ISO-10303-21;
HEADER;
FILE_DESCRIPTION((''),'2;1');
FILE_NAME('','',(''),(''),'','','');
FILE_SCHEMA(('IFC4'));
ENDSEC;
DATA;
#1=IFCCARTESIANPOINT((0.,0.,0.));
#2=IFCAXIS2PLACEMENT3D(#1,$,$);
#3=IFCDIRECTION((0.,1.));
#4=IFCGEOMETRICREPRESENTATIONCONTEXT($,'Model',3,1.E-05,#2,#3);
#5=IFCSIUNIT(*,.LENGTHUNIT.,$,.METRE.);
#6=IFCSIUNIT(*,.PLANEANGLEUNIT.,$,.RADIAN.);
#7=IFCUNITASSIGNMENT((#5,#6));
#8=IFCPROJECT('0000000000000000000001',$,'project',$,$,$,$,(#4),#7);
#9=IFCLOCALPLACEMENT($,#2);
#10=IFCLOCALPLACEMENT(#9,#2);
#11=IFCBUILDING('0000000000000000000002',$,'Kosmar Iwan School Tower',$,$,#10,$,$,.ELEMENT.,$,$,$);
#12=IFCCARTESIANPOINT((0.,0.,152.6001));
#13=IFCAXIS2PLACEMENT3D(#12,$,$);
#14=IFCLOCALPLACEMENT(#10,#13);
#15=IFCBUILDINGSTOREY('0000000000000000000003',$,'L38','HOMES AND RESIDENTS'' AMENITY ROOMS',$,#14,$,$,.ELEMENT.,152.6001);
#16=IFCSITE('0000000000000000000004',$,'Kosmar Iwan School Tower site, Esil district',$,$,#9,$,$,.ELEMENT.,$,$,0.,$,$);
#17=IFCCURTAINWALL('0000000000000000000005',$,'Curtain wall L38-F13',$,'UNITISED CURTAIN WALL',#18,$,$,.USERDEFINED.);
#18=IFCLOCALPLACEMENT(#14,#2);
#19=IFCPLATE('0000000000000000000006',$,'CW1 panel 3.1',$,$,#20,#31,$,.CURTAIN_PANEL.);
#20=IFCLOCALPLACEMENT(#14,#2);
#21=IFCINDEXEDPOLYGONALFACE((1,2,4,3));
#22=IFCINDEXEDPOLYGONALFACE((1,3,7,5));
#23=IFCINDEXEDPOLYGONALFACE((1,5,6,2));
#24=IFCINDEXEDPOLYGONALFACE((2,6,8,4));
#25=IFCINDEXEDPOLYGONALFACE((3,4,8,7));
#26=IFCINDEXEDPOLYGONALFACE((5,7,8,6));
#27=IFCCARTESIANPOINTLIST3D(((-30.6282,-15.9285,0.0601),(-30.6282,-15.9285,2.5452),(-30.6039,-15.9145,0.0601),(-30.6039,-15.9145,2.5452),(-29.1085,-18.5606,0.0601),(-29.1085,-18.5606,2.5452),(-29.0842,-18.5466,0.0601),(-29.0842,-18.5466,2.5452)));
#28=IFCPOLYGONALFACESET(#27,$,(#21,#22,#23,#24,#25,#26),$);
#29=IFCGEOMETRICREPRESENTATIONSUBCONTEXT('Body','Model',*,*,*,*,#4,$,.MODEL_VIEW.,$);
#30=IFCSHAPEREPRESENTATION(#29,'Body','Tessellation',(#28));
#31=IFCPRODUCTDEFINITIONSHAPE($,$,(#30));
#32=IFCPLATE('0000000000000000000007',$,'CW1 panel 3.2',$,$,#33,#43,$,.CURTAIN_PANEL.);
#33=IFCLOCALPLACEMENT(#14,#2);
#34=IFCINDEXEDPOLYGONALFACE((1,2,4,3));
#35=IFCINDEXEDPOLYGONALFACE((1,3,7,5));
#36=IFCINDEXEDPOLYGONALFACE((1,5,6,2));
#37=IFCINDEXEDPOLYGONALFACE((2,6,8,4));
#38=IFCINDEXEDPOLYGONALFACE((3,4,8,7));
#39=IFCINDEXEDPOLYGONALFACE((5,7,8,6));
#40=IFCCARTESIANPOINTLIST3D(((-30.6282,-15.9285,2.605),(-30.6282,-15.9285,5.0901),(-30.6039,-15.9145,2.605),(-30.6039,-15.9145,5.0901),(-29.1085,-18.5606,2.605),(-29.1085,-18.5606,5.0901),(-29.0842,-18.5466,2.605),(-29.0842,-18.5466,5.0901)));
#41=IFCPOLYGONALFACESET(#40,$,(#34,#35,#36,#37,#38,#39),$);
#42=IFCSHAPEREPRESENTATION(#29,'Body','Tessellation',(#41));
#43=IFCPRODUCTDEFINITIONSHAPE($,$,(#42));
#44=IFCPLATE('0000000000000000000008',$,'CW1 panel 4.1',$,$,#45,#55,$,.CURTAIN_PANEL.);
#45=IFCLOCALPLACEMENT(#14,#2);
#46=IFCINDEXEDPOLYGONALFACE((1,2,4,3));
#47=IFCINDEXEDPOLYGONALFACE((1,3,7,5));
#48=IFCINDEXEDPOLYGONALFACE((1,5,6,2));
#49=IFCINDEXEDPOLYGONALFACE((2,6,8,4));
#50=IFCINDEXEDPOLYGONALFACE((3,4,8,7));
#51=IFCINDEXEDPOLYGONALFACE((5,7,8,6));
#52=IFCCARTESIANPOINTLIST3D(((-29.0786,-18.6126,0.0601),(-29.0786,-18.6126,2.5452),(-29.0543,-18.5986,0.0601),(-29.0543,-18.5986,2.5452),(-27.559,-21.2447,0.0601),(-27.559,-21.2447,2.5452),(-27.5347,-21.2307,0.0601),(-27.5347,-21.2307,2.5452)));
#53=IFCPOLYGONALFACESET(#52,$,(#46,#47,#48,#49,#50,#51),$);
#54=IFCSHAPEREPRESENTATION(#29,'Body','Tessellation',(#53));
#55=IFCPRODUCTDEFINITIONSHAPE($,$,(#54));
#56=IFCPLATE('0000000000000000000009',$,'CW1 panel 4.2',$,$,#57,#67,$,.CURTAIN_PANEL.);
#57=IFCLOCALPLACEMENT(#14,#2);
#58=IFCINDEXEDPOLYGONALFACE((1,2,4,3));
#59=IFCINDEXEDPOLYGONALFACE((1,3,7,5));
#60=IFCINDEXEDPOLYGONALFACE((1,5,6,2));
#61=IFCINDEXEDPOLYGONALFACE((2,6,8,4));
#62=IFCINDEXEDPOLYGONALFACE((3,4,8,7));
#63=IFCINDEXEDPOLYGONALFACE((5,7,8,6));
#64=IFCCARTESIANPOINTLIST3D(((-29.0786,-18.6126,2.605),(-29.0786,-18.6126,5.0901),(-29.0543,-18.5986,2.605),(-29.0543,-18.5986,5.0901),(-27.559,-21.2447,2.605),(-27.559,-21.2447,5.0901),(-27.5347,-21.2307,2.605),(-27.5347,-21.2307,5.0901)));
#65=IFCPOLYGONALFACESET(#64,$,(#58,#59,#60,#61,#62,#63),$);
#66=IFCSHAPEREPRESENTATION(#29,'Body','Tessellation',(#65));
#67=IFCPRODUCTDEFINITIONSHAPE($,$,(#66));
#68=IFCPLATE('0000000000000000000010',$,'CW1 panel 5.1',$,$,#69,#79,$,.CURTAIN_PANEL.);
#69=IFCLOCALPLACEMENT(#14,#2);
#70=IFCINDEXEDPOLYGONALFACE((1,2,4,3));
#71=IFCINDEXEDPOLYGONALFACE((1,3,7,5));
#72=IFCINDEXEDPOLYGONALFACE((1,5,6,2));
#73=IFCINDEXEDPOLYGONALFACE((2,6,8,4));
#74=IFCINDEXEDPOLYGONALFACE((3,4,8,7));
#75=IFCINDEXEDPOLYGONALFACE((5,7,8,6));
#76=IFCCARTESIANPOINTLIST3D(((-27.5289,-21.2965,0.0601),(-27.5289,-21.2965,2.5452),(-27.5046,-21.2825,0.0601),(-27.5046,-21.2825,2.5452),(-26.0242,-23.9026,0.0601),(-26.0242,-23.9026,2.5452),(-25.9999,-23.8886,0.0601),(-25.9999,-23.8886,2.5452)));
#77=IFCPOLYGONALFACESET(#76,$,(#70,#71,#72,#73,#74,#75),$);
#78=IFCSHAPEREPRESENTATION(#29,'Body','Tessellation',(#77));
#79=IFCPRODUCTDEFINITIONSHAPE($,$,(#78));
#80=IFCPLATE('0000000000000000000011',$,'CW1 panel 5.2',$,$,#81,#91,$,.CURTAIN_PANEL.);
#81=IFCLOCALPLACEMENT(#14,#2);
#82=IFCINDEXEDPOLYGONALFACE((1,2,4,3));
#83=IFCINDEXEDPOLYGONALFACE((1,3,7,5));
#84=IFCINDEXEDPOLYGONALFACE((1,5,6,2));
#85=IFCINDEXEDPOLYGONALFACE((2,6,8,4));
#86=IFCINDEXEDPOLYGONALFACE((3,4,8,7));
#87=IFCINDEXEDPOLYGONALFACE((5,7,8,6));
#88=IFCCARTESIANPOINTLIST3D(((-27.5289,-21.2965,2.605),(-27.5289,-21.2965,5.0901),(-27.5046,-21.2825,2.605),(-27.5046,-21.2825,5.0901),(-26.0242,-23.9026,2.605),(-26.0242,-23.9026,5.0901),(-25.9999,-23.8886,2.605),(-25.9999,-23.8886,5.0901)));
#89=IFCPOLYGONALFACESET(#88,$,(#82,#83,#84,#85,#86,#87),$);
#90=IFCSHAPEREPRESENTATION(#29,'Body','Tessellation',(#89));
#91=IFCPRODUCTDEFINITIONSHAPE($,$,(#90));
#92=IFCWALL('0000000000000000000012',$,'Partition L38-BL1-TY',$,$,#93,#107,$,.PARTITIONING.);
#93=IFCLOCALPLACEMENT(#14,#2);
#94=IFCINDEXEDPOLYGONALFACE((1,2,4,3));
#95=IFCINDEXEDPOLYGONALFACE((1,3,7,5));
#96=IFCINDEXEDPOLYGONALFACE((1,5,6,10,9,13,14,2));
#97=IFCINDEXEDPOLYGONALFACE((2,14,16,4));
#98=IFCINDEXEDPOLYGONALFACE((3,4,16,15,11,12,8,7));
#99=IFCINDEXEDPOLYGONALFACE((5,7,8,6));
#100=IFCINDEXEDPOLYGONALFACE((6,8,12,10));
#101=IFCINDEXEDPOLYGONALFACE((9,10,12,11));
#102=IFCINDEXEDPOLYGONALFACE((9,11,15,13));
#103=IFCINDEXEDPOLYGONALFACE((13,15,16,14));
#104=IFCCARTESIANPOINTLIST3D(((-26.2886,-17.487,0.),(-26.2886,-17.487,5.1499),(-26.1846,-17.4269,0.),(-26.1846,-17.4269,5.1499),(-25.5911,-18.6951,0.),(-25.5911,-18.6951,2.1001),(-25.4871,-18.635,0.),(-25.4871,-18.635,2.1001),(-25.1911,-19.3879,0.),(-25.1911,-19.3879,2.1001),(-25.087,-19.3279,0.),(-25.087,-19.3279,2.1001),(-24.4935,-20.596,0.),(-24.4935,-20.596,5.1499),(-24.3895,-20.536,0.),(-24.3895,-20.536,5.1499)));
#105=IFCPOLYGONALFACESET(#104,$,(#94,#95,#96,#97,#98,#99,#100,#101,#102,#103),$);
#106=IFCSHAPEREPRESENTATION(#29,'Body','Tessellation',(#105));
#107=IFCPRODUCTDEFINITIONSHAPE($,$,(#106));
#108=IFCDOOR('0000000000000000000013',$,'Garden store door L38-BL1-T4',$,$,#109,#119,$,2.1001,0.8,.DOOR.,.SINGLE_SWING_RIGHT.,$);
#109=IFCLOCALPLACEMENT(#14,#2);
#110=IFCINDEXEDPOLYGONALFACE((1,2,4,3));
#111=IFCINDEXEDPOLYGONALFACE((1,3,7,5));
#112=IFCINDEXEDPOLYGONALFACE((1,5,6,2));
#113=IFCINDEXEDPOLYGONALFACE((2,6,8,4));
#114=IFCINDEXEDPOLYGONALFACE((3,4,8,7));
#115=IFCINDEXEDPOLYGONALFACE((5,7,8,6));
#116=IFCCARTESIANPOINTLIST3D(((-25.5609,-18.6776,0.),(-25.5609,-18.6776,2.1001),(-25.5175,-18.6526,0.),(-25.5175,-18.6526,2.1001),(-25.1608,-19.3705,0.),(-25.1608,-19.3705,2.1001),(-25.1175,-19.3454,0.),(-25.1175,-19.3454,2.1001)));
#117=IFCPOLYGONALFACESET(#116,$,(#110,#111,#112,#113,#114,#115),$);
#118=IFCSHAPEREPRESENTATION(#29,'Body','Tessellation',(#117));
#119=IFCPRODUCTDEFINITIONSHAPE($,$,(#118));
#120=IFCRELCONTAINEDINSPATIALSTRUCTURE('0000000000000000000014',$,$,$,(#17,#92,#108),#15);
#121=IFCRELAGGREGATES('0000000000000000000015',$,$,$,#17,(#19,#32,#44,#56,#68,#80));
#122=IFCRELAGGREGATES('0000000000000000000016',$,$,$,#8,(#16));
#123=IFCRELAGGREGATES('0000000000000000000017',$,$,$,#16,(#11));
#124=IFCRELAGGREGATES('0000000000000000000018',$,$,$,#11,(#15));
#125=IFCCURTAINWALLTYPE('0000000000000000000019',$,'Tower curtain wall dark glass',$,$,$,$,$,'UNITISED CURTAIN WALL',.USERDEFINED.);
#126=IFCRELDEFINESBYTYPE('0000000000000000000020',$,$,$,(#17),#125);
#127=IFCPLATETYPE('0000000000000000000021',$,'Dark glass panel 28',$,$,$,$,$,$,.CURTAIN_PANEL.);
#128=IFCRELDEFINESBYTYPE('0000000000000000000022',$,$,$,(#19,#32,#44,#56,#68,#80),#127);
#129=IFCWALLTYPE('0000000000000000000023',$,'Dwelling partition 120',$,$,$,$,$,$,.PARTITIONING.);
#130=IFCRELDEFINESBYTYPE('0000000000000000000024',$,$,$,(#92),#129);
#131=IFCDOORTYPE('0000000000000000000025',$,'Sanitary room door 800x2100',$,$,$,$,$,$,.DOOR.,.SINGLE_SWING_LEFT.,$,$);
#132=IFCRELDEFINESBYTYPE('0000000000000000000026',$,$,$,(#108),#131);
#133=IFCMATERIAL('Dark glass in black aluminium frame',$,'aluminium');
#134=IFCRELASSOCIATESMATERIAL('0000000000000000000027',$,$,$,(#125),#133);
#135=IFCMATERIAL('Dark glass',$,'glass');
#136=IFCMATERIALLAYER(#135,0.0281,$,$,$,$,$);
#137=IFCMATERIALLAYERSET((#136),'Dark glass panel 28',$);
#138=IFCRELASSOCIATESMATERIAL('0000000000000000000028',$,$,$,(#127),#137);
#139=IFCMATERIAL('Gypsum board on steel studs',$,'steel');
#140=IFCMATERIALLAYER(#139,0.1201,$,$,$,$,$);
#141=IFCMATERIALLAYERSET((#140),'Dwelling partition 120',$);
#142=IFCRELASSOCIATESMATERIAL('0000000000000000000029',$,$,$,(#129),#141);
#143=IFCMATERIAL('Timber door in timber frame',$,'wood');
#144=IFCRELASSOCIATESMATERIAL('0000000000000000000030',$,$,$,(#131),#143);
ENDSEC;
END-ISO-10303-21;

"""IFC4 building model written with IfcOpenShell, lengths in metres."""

from ifc_helpers import new_model, si_unit, direction, frame, frame_2d, origin, origin_2d, place, context, subcontext, project, spatial, rectangle, extrude, material, layer, layer_set, type_object, element, fill, aggregate, save


model = new_model("IFC4")

# Units and contexts
model_context = context("Model", 3, precision=1e-05, world=origin(), true_north=direction((0.0, 1.0)))
body_context = subcontext(model_context, "Body", "Model", "MODEL_VIEW")
ifc_project = project(units=[si_unit("LENGTHUNIT", "METRE"), si_unit("PLANEANGLEUNIT", "RADIAN")], contexts=[model_context])

# Site, building, storey
site_placement = place(None, origin())
site = spatial("IfcSite", under=ifc_project, at=site_placement, Name="Kosmar Iwan School Tower site, Esil district", CompositionType="ELEMENT", RefElevation=0.0)
building_placement = place(site_placement, origin())
building = spatial("IfcBuilding", under=site, at=building_placement, Name="Kosmar Iwan School Tower", CompositionType="ELEMENT")
storey_placement = place(building_placement, frame((0.0, 0.0, 152.6001)))
storey = spatial("IfcBuildingStorey", under=building, at=storey_placement, Name="L38", Description="HOMES AND RESIDENTS' AMENITY ROOMS", CompositionType="ELEMENT", Elevation=152.6001)

# Curtain wall
ifc_material_1 = material(Name="Dark glass in black aluminium frame", Category="aluminium")
curtain_wall_type_1 = type_object("IfcCurtainWallType", Name="Tower curtain wall dark glass", ElementType="UNITISED CURTAIN WALL", PredefinedType="USERDEFINED", material=ifc_material_1)
curtain_wall_1_placement = place(storey_placement, origin())
curtain_wall_1 = element("IfcCurtainWall", 1, at=curtain_wall_1_placement, inside=storey, type_object=curtain_wall_type_1, Name="Curtain wall L38-F13", ObjectType="UNITISED CURTAIN WALL", PredefinedType="USERDEFINED")

# Plates
ifc_material_2 = material(Name="Dark glass", Category="glass")
ifc_layer_1 = layer(ifc_material_2, 0.0281)
ifc_layer_set_1 = layer_set([ifc_layer_1], Name="Dark glass panel 28")
plate_type = type_object("IfcPlateType", Name="Dark glass panel 28", PredefinedType="CURTAIN_PANEL", material=ifc_layer_set_1)
plate_1_placement = place(storey_placement, frame((-29.8562, -17.2375, 0.0601), z_axis=(0.0, 0.0, 1.0), x_axis=(0.5, -0.866025, 0.0)))
plate_1 = element("IfcPlate", 2, at=plate_1_placement, type_object=plate_type, Name="CW1 panel 3.1", PredefinedType="CURTAIN_PANEL", context=body_context, shape_type="SweptSolid", body=[
    extrude(rectangle(XDim=3.0393, YDim=0.0281, at=origin_2d()), origin(), (0.0, 0.0, 1.0), 2.4851),
])
plate_2_placement = place(storey_placement, frame((-29.8562, -17.2375, 2.605), z_axis=(0.0, 0.0, 1.0), x_axis=(0.5, -0.866025, 0.0)))
plate_2 = element("IfcPlate", 3, at=plate_2_placement, type_object=plate_type, Name="CW1 panel 3.2", PredefinedType="CURTAIN_PANEL", context=body_context, shape_type="SweptSolid", body=[
    extrude(rectangle(XDim=3.0393, YDim=0.0281, at=origin_2d()), origin(), (0.0, 0.0, 1.0), 2.4851),
])
plate_3_placement = place(storey_placement, frame((-28.3066, -19.9216, 0.0601), z_axis=(0.0, 0.0, 1.0), x_axis=(0.5, -0.866025, 0.0)))
plate_3 = element("IfcPlate", 4, at=plate_3_placement, type_object=plate_type, Name="CW1 panel 4.1", PredefinedType="CURTAIN_PANEL", context=body_context, shape_type="SweptSolid", body=[
    extrude(rectangle(XDim=3.0393, YDim=0.0281, at=origin_2d()), origin(), (0.0, 0.0, 1.0), 2.4851),
])
plate_4_placement = place(storey_placement, frame((-28.3066, -19.9216, 2.605), z_axis=(0.0, 0.0, 1.0), x_axis=(0.5, -0.866025, 0.0)))
plate_4 = element("IfcPlate", 5, at=plate_4_placement, type_object=plate_type, Name="CW1 panel 4.2", PredefinedType="CURTAIN_PANEL", context=body_context, shape_type="SweptSolid", body=[
    extrude(rectangle(XDim=3.0393, YDim=0.0281, at=origin_2d()), origin(), (0.0, 0.0, 1.0), 2.4851),
])
plate_5_placement = place(storey_placement, frame((-26.7644, -22.5925, 0.0601), z_axis=(0.0, 0.0, 1.0), x_axis=(0.5, -0.866025, 0.0)))
plate_5 = element("IfcPlate", 6, at=plate_5_placement, type_object=plate_type, Name="CW1 panel 5.1", PredefinedType="CURTAIN_PANEL", context=body_context, shape_type="SweptSolid", body=[
    extrude(rectangle(XDim=3.0093, YDim=0.0281, at=origin_2d()), origin(), (0.0, 0.0, 1.0), 2.4851),
])
plate_6_placement = place(storey_placement, frame((-26.7644, -22.5925, 2.605), z_axis=(0.0, 0.0, 1.0), x_axis=(0.5, -0.866025, 0.0)))
plate_6 = element("IfcPlate", 7, at=plate_6_placement, type_object=plate_type, Name="CW1 panel 5.2", PredefinedType="CURTAIN_PANEL", context=body_context, shape_type="SweptSolid", body=[
    extrude(rectangle(XDim=3.0093, YDim=0.0281, at=origin_2d()), origin(), (0.0, 0.0, 1.0), 2.4851),
])
aggregate(curtain_wall_1, [plate_1, plate_2, plate_3, plate_4, plate_5, plate_6])

# Wall, opening, door
ifc_material_3 = material(Name="Gypsum board on steel studs", Category="steel")
ifc_layer_2 = layer(ifc_material_3, 0.1201)
ifc_layer_set_2 = layer_set([ifc_layer_2], Name="Dwelling partition 120")
wall_type = type_object("IfcWallType", Name="Dwelling partition 120", PredefinedType="PARTITIONING", material=ifc_layer_set_2)
wall_placement = place(storey_placement, frame((-26.2366, -17.457, 0.0), z_axis=(0.0, 0.0, 1.0), x_axis=(0.500023, -0.866012, 0.0)))
wall = element("IfcWall", 8, at=wall_placement, inside=storey, type_object=wall_type, Name="Partition L38-BL1-TY", PredefinedType="PARTITIONING", context=body_context, shape_type="SweptSolid", body=[
    extrude(rectangle(XDim=3.5901, YDim=0.1201, at=frame_2d((1.7949, 0.0))), origin(), (0.0, 0.0, 1.0), 5.1499),
])
opening_placement = place(wall_placement, frame((1.395, 0.0, 0.0)))
opening = element("IfcOpeningElement", 9, at=opening_placement, cuts=wall, PredefinedType="OPENING", context=body_context, shape_type="SweptSolid", body=[
    extrude(rectangle(XDim=0.8, YDim=2.1001, at=frame_2d((0.3999, 1.05))), frame((0.0, 0.072, 0.0), z_axis=(0.0, -1.0, 0.0), x_axis=(1.0, 0.0, 0.0)), (0.0, 0.0, 1.0), 0.144),
])
ifc_material_4 = material(Name="Timber door in timber frame", Category="wood")
door_type = type_object("IfcDoorType", Name="Sanitary room door 800x2100", OperationType="SINGLE_SWING_LEFT", PredefinedType="DOOR", material=ifc_material_4)
door_placement = place(opening_placement, origin())
door = element("IfcDoor", 10, at=door_placement, inside=storey, type_object=door_type, Name="Garden store door L38-BL1-T4", OperationType="SINGLE_SWING_RIGHT", OverallHeight=2.1001, OverallWidth=0.8, PredefinedType="DOOR", context=body_context, shape_type="SweptSolid", body=[
    extrude(rectangle(XDim=0.8, YDim=2.1001, at=frame_2d((0.3999, 1.05))), frame((0.0, 0.0249, 0.0), z_axis=(0.0, -1.0, 0.0), x_axis=(1.0, 0.0, 0.0)), (0.0, 0.0, 1.0), 0.05),
])
fill(opening, door)

save(model, "model.ifc")
